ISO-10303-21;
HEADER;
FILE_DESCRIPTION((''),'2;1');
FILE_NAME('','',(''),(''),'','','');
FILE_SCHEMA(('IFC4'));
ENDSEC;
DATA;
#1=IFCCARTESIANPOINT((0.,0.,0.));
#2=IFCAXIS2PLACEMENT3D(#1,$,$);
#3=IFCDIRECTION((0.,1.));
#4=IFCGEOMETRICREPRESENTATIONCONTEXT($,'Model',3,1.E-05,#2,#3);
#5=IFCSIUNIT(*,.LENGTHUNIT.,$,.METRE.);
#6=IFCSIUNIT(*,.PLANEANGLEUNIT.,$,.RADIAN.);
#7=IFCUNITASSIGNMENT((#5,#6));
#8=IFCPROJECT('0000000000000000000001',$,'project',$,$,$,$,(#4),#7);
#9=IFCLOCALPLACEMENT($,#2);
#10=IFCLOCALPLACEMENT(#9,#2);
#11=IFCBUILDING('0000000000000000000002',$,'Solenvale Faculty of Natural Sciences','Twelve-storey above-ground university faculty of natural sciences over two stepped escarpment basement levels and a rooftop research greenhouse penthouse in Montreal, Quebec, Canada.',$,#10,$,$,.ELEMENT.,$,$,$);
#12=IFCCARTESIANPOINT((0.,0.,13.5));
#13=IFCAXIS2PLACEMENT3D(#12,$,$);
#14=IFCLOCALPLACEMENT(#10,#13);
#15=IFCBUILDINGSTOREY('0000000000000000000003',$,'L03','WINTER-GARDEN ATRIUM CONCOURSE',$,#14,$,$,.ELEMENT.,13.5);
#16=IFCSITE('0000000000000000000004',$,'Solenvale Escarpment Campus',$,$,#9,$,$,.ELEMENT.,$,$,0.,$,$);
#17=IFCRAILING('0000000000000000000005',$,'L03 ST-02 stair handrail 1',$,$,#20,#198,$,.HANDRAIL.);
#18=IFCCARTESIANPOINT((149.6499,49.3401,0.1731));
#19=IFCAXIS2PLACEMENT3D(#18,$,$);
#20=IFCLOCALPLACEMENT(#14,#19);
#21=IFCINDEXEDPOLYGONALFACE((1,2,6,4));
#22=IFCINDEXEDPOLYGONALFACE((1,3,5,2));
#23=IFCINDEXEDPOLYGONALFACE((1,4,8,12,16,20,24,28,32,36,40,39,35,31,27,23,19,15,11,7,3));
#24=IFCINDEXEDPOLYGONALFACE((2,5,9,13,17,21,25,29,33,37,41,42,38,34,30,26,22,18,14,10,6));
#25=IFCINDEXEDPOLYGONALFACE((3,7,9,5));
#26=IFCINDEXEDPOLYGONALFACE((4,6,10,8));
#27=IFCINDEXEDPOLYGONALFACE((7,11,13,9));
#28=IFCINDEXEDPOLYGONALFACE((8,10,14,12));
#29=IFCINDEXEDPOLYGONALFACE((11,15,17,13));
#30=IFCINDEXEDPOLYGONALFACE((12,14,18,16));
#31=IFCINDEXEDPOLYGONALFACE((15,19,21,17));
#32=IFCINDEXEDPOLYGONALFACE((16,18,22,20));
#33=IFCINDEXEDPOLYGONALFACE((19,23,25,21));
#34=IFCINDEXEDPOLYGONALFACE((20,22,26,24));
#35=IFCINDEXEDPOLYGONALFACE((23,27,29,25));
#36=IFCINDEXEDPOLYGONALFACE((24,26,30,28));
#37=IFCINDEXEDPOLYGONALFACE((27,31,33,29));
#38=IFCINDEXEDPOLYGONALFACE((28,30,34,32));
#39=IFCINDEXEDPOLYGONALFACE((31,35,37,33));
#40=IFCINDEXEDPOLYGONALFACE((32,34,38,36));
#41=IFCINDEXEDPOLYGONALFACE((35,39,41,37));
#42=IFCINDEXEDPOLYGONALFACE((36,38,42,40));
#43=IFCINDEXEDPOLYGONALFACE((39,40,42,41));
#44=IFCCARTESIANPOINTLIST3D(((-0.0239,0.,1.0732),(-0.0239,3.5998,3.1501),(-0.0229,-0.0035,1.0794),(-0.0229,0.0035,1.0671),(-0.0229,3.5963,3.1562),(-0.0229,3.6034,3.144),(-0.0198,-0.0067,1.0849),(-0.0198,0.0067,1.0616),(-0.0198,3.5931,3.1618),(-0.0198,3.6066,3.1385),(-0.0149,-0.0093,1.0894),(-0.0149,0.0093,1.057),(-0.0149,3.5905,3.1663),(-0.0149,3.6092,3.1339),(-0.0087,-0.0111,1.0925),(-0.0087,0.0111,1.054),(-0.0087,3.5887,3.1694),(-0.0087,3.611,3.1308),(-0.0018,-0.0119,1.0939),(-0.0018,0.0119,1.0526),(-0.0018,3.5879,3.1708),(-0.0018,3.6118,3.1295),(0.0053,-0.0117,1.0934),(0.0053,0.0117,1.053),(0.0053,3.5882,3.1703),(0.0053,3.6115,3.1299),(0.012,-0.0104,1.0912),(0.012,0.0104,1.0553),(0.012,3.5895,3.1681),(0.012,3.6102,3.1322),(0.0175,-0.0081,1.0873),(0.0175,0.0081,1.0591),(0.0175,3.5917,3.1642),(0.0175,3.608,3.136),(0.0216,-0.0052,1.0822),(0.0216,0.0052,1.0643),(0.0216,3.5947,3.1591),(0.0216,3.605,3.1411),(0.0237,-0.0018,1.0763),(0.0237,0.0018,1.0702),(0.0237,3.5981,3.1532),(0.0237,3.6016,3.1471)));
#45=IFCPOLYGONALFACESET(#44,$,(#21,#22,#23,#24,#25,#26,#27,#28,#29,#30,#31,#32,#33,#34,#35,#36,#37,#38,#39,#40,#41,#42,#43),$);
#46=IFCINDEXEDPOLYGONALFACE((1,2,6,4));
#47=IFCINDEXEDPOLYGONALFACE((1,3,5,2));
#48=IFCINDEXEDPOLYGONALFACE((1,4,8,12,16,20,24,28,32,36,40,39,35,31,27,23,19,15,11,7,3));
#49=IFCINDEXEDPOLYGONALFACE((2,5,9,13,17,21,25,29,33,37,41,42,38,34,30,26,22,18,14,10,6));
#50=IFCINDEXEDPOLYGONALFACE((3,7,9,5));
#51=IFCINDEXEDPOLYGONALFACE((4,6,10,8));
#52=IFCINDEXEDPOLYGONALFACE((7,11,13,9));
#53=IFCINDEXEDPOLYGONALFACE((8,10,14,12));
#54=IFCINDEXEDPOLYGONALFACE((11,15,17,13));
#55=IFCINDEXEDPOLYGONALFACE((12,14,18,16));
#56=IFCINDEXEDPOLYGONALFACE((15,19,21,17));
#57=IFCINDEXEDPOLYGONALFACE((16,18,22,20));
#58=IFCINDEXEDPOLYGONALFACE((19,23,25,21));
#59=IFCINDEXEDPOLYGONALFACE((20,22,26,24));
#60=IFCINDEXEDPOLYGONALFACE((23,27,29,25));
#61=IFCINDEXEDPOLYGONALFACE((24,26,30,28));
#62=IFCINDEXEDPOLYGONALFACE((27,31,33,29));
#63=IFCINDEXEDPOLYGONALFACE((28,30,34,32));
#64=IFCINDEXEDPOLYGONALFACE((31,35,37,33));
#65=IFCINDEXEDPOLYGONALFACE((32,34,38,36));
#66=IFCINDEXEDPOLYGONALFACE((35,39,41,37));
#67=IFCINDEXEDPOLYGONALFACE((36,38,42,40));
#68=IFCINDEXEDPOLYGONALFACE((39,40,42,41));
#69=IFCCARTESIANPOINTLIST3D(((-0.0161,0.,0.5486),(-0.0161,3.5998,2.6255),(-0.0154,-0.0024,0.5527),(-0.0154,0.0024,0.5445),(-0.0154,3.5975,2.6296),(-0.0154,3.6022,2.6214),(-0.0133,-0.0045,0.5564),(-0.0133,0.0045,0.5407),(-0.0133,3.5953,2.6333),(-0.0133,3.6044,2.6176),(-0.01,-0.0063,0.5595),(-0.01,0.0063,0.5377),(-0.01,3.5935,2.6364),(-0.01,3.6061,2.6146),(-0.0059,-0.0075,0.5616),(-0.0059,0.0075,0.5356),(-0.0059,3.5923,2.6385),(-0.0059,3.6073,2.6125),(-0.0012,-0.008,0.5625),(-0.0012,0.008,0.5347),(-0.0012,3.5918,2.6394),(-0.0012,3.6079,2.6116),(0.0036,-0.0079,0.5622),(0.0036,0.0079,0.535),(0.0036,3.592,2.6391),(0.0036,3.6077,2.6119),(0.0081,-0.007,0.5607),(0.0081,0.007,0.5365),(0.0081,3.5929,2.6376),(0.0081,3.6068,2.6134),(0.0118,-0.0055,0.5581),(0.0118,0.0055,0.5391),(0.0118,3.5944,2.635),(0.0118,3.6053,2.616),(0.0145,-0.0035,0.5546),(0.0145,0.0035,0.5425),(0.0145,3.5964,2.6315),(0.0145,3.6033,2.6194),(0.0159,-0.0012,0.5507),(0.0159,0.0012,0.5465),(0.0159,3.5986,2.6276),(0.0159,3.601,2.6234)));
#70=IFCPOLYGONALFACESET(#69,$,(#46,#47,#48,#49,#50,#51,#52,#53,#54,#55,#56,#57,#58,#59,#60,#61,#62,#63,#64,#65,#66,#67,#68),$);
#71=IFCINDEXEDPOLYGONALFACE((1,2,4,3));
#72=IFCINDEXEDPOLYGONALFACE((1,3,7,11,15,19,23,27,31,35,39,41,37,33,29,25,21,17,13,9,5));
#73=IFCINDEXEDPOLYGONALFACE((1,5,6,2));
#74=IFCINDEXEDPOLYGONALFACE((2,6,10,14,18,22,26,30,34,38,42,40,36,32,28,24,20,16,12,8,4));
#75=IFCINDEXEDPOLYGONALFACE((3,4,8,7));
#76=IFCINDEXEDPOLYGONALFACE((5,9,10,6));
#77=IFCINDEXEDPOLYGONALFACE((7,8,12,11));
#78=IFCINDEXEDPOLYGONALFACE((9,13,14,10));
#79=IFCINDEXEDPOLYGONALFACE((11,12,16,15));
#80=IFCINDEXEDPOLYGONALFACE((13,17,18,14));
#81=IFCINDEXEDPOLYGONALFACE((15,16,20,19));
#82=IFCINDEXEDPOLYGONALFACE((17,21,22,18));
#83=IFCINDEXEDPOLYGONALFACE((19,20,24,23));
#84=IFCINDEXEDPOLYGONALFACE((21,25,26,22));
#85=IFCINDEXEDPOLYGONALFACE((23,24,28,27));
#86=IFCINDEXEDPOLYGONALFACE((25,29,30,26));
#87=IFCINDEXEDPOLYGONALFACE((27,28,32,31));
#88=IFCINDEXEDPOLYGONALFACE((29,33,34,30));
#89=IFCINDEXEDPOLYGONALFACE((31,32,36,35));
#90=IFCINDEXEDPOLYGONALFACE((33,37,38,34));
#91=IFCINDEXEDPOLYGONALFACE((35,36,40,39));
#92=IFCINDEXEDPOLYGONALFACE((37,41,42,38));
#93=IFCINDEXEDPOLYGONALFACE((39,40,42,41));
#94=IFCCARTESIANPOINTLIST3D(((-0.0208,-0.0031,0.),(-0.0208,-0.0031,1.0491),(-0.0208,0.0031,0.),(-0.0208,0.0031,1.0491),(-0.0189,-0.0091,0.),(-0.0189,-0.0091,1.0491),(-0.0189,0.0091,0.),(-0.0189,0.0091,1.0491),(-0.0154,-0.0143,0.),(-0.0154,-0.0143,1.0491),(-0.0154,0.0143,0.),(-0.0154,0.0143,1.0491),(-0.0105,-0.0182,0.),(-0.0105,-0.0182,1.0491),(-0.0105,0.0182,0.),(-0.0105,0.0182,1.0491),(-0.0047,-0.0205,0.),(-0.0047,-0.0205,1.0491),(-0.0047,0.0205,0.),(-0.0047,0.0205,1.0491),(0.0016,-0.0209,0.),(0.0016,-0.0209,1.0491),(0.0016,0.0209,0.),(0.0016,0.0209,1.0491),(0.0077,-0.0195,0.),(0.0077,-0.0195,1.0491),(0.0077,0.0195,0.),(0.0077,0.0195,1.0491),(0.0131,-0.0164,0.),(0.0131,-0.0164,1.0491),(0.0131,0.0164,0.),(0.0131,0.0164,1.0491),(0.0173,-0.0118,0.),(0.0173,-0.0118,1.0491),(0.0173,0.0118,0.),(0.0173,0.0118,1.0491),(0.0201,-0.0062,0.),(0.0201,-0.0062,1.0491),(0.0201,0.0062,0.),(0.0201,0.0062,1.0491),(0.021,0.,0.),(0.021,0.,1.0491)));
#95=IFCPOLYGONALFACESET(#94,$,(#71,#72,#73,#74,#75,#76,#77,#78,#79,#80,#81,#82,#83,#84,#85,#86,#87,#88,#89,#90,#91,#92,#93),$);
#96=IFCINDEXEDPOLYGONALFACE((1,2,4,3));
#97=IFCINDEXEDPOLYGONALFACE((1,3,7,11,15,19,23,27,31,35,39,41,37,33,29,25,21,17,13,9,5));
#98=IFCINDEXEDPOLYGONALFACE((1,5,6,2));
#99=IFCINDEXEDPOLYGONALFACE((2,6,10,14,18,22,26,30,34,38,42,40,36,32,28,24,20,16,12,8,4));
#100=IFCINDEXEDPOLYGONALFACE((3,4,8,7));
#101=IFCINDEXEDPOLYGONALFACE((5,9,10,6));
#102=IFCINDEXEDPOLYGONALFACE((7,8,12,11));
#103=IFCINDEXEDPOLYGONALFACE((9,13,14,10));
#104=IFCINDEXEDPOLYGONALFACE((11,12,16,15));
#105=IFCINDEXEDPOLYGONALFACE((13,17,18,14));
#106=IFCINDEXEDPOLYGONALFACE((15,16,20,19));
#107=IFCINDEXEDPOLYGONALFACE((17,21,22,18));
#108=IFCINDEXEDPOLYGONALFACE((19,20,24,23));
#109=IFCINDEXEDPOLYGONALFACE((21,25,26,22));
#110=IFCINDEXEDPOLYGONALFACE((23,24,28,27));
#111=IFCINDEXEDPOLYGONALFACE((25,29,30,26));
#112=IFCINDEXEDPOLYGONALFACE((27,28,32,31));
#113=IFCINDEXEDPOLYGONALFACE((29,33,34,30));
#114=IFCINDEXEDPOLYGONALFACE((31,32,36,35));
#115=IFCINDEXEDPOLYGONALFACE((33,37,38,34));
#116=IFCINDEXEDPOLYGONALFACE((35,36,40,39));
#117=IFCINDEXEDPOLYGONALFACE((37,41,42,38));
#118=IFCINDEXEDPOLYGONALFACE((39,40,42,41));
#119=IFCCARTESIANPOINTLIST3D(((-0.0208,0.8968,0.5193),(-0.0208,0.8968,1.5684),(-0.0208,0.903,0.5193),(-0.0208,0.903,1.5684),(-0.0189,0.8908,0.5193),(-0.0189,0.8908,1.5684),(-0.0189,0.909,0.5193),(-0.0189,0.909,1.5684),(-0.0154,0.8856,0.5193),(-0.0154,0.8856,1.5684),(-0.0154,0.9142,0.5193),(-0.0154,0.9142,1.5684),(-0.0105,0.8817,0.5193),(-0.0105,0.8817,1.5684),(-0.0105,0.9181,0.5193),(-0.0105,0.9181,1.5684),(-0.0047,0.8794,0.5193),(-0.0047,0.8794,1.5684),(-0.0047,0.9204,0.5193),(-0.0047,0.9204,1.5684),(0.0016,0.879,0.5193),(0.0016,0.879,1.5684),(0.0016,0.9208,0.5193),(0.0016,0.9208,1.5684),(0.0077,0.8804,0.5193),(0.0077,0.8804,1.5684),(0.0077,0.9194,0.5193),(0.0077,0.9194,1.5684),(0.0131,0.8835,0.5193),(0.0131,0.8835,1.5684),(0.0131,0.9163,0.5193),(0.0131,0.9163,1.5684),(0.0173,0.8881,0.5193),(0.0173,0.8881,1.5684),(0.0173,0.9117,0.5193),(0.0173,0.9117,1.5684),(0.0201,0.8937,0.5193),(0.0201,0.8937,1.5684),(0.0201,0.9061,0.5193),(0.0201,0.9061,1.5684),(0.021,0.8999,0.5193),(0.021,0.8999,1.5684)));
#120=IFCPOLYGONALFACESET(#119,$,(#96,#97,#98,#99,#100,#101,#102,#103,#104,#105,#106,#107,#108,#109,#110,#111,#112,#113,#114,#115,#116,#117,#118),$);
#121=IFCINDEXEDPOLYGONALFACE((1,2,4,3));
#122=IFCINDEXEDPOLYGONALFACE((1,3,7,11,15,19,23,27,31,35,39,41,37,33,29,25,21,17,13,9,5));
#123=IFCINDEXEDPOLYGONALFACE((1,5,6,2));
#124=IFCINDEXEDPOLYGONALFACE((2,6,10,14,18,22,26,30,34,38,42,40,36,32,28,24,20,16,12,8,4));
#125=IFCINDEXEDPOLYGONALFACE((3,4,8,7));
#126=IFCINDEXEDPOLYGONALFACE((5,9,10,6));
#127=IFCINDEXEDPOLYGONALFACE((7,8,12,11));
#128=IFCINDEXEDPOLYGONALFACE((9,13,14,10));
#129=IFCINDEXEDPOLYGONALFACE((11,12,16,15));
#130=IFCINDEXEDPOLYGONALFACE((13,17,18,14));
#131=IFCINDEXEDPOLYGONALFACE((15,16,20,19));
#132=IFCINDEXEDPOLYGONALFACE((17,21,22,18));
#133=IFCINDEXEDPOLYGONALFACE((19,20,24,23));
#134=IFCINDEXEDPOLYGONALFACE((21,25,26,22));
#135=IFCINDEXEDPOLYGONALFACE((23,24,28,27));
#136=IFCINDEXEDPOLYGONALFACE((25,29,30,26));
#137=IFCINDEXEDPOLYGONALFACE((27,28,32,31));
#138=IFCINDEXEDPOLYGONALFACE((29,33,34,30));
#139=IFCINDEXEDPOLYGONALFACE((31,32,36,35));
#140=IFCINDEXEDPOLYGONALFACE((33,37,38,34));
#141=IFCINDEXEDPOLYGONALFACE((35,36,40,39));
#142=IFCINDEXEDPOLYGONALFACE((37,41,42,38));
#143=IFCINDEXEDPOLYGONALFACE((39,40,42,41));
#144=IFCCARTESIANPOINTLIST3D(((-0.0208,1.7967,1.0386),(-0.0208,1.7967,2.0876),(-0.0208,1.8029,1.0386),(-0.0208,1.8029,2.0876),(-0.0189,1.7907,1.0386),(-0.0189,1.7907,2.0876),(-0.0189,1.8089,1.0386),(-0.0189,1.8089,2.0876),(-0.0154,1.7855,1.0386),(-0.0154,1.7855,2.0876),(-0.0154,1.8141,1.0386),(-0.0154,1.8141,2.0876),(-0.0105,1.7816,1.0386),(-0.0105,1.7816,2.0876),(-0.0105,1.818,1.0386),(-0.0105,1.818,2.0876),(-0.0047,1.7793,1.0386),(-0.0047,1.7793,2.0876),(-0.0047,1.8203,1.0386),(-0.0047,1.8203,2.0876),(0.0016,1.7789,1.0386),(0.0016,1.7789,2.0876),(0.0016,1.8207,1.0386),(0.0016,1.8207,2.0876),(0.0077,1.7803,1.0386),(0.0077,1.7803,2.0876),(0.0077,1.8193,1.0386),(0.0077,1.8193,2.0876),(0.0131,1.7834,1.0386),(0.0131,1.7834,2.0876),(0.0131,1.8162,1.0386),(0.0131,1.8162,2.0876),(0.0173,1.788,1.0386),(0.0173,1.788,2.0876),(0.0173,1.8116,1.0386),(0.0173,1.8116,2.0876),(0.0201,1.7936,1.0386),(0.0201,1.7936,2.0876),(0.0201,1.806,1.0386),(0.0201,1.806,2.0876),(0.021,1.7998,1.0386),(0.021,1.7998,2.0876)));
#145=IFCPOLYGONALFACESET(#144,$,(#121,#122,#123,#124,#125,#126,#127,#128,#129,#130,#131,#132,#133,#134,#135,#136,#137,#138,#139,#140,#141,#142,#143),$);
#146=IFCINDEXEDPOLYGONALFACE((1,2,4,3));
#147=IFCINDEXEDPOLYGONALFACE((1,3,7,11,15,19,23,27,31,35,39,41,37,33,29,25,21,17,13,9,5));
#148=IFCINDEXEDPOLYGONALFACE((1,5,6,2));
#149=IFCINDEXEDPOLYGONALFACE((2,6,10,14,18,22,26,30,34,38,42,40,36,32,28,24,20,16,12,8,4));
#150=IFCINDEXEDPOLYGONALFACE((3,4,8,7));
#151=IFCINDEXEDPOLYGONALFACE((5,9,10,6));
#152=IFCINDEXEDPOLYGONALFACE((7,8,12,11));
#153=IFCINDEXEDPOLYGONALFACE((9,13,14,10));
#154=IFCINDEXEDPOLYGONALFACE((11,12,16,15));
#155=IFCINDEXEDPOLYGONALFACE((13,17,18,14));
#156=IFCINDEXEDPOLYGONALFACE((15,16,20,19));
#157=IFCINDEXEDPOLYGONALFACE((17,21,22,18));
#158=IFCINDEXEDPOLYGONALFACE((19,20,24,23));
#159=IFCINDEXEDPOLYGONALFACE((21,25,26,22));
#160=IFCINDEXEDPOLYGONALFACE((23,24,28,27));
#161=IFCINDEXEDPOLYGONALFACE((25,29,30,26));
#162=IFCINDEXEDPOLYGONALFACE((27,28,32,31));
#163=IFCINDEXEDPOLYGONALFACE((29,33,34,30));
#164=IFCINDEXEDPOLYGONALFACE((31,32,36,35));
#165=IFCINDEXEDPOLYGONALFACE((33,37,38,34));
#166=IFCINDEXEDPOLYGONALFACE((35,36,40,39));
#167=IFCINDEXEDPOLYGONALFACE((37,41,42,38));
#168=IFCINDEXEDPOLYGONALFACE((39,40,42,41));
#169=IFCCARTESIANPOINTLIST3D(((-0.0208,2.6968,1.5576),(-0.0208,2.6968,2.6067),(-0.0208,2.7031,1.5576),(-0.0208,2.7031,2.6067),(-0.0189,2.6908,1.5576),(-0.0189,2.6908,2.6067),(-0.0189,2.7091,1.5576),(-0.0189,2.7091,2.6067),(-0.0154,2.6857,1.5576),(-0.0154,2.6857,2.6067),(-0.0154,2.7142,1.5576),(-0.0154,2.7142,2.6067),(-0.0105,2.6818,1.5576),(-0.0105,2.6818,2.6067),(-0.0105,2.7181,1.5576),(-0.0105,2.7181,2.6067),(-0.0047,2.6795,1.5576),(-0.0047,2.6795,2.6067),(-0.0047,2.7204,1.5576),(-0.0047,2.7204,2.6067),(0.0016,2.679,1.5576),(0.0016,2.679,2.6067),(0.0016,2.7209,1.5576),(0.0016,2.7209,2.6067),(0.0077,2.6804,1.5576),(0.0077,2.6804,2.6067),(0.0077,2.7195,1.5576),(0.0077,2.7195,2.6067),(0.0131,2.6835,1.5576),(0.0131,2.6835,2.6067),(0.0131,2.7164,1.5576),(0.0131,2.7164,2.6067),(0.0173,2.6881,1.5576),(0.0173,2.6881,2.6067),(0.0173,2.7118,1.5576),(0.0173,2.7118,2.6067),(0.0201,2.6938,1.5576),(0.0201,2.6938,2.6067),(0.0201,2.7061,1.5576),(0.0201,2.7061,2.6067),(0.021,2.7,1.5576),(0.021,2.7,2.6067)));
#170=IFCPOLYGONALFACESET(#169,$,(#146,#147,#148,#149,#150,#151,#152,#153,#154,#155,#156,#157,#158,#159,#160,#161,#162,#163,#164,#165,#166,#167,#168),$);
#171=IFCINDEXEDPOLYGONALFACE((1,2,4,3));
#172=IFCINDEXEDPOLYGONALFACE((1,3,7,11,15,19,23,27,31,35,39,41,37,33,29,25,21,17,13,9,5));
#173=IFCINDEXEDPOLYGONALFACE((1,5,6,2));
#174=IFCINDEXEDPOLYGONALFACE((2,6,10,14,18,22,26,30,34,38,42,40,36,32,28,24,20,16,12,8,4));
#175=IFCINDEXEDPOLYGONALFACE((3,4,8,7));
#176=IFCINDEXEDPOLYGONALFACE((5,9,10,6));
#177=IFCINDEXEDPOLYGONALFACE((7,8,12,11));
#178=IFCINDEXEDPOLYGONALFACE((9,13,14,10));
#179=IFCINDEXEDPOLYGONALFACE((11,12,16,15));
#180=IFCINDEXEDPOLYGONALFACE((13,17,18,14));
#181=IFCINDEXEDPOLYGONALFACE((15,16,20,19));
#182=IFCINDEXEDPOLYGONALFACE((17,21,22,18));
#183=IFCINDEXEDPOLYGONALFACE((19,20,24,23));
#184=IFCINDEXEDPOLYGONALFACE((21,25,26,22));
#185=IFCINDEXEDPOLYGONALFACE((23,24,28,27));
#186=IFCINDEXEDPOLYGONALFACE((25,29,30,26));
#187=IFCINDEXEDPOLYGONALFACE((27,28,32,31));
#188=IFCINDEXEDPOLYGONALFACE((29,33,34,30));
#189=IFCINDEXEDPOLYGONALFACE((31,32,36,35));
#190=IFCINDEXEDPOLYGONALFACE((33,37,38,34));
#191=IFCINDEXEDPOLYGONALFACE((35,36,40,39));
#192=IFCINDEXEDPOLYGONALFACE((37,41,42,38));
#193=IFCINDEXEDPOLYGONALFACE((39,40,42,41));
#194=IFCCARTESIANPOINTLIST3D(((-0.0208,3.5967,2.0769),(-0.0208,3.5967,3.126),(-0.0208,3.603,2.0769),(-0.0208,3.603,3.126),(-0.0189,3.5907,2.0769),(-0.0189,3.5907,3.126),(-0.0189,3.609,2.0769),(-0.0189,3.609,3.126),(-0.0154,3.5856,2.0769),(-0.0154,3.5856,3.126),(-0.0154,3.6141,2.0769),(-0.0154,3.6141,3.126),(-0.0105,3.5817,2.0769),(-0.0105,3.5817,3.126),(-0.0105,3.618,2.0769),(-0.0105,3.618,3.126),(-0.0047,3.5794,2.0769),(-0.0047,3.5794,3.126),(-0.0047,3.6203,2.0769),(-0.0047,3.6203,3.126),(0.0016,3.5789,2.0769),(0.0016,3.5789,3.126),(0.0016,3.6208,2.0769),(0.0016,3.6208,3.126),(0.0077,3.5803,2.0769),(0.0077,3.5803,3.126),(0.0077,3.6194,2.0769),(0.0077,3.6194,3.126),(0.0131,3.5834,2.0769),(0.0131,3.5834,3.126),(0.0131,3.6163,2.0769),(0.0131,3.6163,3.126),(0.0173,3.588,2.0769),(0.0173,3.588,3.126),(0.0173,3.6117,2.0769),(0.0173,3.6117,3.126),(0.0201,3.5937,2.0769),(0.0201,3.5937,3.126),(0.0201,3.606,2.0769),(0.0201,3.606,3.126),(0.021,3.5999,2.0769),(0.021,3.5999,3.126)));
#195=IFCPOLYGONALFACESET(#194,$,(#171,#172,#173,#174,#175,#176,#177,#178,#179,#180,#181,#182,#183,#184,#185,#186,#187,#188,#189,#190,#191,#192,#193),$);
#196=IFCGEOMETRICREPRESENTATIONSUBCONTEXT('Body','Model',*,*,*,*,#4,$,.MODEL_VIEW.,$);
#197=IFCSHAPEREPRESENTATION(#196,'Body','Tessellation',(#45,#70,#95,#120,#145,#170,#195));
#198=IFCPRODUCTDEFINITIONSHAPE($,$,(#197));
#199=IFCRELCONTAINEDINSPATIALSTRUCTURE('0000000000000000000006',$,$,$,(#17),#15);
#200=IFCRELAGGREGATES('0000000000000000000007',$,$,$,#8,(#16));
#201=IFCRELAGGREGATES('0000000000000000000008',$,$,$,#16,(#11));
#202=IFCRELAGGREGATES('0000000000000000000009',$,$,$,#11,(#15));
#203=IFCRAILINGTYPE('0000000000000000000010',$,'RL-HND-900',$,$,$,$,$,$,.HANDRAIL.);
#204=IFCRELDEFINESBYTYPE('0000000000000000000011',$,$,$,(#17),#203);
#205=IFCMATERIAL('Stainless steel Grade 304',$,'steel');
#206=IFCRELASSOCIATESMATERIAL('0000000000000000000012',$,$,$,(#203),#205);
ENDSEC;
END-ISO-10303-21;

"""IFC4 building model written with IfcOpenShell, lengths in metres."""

from ifc_helpers import new_model, si_unit, direction, frame, origin, origin_2d, place, context, subcontext, project, spatial, circle, extrude, material, type_object, element, save


model = new_model("IFC4")

# Units and contexts
model_context = context("Model", 3, precision=1e-05, world=origin(), true_north=direction((0.0, 1.0)))
body_context = subcontext(model_context, "Body", "Model", "MODEL_VIEW")
ifc_project = project(units=[si_unit("LENGTHUNIT", "METRE"), si_unit("PLANEANGLEUNIT", "RADIAN")], contexts=[model_context])

# Site, building, storey
site_placement = place(None, origin())
site = spatial("IfcSite", under=ifc_project, at=site_placement, Name="Solenvale Escarpment Campus", CompositionType="ELEMENT", RefElevation=0.0)
building_placement = place(site_placement, origin())
building = spatial("IfcBuilding", under=site, at=building_placement, Name="Solenvale Faculty of Natural Sciences", Description="Twelve-storey above-ground university faculty of natural sciences over two stepped escarpment basement levels and a rooftop research greenhouse penthouse in Montreal, Quebec, Canada.", CompositionType="ELEMENT")
storey_placement = place(building_placement, frame((0.0, 0.0, 13.5)))
storey = spatial("IfcBuildingStorey", under=building, at=storey_placement, Name="L03", Description="WINTER-GARDEN ATRIUM CONCOURSE", CompositionType="ELEMENT", Elevation=13.5)

# Railing
ifc_material_1 = material(Name="Stainless steel Grade 304", Category="steel")
railing_type_1 = type_object("IfcRailingType", Name="RL-HND-900", PredefinedType="HANDRAIL", material=ifc_material_1)
railing_1_placement = place(storey_placement, frame((149.6499, 49.3401, 0.1731)))
element("IfcRailing", 1, at=railing_1_placement, inside=storey, type_object=railing_type_1, Name="L03 ST-02 stair handrail 1", PredefinedType="HANDRAIL", context=body_context, shape_type="SweptSolid", body=[
    extrude(circle(Radius=0.0239, at=origin_2d()), frame((0.0, 0.0, 1.0732), z_axis=(0.0, 0.866179, 0.499734), x_axis=(-1.0, 0.0, 0.0)), (0.0, 0.0, 1.0), 4.156),
    extrude(circle(Radius=0.0161, at=origin_2d()), frame((0.0, 0.0, 0.5486), z_axis=(0.0, 0.866179, 0.499734), x_axis=(-1.0, 0.0, 0.0)), (0.0, 0.0, 1.0), 4.156),
    extrude(circle(Radius=0.021, at=origin_2d()), origin(), (0.0, 0.0, 1.0), 1.0491),
    extrude(circle(Radius=0.021, at=origin_2d()), frame((0.0, 0.8999, 0.5193)), (0.0, 0.0, 1.0), 1.0491),
    extrude(circle(Radius=0.021, at=origin_2d()), frame((0.0, 1.7998, 1.0386)), (0.0, 0.0, 1.0), 1.0491),
    extrude(circle(Radius=0.021, at=origin_2d()), frame((0.0, 2.7, 1.5576)), (0.0, 0.0, 1.0), 1.0491),
    extrude(circle(Radius=0.021, at=origin_2d()), frame((0.0, 3.5999, 2.0769)), (0.0, 0.0, 1.0), 1.0491),
])

save(model, "model.ifc")
